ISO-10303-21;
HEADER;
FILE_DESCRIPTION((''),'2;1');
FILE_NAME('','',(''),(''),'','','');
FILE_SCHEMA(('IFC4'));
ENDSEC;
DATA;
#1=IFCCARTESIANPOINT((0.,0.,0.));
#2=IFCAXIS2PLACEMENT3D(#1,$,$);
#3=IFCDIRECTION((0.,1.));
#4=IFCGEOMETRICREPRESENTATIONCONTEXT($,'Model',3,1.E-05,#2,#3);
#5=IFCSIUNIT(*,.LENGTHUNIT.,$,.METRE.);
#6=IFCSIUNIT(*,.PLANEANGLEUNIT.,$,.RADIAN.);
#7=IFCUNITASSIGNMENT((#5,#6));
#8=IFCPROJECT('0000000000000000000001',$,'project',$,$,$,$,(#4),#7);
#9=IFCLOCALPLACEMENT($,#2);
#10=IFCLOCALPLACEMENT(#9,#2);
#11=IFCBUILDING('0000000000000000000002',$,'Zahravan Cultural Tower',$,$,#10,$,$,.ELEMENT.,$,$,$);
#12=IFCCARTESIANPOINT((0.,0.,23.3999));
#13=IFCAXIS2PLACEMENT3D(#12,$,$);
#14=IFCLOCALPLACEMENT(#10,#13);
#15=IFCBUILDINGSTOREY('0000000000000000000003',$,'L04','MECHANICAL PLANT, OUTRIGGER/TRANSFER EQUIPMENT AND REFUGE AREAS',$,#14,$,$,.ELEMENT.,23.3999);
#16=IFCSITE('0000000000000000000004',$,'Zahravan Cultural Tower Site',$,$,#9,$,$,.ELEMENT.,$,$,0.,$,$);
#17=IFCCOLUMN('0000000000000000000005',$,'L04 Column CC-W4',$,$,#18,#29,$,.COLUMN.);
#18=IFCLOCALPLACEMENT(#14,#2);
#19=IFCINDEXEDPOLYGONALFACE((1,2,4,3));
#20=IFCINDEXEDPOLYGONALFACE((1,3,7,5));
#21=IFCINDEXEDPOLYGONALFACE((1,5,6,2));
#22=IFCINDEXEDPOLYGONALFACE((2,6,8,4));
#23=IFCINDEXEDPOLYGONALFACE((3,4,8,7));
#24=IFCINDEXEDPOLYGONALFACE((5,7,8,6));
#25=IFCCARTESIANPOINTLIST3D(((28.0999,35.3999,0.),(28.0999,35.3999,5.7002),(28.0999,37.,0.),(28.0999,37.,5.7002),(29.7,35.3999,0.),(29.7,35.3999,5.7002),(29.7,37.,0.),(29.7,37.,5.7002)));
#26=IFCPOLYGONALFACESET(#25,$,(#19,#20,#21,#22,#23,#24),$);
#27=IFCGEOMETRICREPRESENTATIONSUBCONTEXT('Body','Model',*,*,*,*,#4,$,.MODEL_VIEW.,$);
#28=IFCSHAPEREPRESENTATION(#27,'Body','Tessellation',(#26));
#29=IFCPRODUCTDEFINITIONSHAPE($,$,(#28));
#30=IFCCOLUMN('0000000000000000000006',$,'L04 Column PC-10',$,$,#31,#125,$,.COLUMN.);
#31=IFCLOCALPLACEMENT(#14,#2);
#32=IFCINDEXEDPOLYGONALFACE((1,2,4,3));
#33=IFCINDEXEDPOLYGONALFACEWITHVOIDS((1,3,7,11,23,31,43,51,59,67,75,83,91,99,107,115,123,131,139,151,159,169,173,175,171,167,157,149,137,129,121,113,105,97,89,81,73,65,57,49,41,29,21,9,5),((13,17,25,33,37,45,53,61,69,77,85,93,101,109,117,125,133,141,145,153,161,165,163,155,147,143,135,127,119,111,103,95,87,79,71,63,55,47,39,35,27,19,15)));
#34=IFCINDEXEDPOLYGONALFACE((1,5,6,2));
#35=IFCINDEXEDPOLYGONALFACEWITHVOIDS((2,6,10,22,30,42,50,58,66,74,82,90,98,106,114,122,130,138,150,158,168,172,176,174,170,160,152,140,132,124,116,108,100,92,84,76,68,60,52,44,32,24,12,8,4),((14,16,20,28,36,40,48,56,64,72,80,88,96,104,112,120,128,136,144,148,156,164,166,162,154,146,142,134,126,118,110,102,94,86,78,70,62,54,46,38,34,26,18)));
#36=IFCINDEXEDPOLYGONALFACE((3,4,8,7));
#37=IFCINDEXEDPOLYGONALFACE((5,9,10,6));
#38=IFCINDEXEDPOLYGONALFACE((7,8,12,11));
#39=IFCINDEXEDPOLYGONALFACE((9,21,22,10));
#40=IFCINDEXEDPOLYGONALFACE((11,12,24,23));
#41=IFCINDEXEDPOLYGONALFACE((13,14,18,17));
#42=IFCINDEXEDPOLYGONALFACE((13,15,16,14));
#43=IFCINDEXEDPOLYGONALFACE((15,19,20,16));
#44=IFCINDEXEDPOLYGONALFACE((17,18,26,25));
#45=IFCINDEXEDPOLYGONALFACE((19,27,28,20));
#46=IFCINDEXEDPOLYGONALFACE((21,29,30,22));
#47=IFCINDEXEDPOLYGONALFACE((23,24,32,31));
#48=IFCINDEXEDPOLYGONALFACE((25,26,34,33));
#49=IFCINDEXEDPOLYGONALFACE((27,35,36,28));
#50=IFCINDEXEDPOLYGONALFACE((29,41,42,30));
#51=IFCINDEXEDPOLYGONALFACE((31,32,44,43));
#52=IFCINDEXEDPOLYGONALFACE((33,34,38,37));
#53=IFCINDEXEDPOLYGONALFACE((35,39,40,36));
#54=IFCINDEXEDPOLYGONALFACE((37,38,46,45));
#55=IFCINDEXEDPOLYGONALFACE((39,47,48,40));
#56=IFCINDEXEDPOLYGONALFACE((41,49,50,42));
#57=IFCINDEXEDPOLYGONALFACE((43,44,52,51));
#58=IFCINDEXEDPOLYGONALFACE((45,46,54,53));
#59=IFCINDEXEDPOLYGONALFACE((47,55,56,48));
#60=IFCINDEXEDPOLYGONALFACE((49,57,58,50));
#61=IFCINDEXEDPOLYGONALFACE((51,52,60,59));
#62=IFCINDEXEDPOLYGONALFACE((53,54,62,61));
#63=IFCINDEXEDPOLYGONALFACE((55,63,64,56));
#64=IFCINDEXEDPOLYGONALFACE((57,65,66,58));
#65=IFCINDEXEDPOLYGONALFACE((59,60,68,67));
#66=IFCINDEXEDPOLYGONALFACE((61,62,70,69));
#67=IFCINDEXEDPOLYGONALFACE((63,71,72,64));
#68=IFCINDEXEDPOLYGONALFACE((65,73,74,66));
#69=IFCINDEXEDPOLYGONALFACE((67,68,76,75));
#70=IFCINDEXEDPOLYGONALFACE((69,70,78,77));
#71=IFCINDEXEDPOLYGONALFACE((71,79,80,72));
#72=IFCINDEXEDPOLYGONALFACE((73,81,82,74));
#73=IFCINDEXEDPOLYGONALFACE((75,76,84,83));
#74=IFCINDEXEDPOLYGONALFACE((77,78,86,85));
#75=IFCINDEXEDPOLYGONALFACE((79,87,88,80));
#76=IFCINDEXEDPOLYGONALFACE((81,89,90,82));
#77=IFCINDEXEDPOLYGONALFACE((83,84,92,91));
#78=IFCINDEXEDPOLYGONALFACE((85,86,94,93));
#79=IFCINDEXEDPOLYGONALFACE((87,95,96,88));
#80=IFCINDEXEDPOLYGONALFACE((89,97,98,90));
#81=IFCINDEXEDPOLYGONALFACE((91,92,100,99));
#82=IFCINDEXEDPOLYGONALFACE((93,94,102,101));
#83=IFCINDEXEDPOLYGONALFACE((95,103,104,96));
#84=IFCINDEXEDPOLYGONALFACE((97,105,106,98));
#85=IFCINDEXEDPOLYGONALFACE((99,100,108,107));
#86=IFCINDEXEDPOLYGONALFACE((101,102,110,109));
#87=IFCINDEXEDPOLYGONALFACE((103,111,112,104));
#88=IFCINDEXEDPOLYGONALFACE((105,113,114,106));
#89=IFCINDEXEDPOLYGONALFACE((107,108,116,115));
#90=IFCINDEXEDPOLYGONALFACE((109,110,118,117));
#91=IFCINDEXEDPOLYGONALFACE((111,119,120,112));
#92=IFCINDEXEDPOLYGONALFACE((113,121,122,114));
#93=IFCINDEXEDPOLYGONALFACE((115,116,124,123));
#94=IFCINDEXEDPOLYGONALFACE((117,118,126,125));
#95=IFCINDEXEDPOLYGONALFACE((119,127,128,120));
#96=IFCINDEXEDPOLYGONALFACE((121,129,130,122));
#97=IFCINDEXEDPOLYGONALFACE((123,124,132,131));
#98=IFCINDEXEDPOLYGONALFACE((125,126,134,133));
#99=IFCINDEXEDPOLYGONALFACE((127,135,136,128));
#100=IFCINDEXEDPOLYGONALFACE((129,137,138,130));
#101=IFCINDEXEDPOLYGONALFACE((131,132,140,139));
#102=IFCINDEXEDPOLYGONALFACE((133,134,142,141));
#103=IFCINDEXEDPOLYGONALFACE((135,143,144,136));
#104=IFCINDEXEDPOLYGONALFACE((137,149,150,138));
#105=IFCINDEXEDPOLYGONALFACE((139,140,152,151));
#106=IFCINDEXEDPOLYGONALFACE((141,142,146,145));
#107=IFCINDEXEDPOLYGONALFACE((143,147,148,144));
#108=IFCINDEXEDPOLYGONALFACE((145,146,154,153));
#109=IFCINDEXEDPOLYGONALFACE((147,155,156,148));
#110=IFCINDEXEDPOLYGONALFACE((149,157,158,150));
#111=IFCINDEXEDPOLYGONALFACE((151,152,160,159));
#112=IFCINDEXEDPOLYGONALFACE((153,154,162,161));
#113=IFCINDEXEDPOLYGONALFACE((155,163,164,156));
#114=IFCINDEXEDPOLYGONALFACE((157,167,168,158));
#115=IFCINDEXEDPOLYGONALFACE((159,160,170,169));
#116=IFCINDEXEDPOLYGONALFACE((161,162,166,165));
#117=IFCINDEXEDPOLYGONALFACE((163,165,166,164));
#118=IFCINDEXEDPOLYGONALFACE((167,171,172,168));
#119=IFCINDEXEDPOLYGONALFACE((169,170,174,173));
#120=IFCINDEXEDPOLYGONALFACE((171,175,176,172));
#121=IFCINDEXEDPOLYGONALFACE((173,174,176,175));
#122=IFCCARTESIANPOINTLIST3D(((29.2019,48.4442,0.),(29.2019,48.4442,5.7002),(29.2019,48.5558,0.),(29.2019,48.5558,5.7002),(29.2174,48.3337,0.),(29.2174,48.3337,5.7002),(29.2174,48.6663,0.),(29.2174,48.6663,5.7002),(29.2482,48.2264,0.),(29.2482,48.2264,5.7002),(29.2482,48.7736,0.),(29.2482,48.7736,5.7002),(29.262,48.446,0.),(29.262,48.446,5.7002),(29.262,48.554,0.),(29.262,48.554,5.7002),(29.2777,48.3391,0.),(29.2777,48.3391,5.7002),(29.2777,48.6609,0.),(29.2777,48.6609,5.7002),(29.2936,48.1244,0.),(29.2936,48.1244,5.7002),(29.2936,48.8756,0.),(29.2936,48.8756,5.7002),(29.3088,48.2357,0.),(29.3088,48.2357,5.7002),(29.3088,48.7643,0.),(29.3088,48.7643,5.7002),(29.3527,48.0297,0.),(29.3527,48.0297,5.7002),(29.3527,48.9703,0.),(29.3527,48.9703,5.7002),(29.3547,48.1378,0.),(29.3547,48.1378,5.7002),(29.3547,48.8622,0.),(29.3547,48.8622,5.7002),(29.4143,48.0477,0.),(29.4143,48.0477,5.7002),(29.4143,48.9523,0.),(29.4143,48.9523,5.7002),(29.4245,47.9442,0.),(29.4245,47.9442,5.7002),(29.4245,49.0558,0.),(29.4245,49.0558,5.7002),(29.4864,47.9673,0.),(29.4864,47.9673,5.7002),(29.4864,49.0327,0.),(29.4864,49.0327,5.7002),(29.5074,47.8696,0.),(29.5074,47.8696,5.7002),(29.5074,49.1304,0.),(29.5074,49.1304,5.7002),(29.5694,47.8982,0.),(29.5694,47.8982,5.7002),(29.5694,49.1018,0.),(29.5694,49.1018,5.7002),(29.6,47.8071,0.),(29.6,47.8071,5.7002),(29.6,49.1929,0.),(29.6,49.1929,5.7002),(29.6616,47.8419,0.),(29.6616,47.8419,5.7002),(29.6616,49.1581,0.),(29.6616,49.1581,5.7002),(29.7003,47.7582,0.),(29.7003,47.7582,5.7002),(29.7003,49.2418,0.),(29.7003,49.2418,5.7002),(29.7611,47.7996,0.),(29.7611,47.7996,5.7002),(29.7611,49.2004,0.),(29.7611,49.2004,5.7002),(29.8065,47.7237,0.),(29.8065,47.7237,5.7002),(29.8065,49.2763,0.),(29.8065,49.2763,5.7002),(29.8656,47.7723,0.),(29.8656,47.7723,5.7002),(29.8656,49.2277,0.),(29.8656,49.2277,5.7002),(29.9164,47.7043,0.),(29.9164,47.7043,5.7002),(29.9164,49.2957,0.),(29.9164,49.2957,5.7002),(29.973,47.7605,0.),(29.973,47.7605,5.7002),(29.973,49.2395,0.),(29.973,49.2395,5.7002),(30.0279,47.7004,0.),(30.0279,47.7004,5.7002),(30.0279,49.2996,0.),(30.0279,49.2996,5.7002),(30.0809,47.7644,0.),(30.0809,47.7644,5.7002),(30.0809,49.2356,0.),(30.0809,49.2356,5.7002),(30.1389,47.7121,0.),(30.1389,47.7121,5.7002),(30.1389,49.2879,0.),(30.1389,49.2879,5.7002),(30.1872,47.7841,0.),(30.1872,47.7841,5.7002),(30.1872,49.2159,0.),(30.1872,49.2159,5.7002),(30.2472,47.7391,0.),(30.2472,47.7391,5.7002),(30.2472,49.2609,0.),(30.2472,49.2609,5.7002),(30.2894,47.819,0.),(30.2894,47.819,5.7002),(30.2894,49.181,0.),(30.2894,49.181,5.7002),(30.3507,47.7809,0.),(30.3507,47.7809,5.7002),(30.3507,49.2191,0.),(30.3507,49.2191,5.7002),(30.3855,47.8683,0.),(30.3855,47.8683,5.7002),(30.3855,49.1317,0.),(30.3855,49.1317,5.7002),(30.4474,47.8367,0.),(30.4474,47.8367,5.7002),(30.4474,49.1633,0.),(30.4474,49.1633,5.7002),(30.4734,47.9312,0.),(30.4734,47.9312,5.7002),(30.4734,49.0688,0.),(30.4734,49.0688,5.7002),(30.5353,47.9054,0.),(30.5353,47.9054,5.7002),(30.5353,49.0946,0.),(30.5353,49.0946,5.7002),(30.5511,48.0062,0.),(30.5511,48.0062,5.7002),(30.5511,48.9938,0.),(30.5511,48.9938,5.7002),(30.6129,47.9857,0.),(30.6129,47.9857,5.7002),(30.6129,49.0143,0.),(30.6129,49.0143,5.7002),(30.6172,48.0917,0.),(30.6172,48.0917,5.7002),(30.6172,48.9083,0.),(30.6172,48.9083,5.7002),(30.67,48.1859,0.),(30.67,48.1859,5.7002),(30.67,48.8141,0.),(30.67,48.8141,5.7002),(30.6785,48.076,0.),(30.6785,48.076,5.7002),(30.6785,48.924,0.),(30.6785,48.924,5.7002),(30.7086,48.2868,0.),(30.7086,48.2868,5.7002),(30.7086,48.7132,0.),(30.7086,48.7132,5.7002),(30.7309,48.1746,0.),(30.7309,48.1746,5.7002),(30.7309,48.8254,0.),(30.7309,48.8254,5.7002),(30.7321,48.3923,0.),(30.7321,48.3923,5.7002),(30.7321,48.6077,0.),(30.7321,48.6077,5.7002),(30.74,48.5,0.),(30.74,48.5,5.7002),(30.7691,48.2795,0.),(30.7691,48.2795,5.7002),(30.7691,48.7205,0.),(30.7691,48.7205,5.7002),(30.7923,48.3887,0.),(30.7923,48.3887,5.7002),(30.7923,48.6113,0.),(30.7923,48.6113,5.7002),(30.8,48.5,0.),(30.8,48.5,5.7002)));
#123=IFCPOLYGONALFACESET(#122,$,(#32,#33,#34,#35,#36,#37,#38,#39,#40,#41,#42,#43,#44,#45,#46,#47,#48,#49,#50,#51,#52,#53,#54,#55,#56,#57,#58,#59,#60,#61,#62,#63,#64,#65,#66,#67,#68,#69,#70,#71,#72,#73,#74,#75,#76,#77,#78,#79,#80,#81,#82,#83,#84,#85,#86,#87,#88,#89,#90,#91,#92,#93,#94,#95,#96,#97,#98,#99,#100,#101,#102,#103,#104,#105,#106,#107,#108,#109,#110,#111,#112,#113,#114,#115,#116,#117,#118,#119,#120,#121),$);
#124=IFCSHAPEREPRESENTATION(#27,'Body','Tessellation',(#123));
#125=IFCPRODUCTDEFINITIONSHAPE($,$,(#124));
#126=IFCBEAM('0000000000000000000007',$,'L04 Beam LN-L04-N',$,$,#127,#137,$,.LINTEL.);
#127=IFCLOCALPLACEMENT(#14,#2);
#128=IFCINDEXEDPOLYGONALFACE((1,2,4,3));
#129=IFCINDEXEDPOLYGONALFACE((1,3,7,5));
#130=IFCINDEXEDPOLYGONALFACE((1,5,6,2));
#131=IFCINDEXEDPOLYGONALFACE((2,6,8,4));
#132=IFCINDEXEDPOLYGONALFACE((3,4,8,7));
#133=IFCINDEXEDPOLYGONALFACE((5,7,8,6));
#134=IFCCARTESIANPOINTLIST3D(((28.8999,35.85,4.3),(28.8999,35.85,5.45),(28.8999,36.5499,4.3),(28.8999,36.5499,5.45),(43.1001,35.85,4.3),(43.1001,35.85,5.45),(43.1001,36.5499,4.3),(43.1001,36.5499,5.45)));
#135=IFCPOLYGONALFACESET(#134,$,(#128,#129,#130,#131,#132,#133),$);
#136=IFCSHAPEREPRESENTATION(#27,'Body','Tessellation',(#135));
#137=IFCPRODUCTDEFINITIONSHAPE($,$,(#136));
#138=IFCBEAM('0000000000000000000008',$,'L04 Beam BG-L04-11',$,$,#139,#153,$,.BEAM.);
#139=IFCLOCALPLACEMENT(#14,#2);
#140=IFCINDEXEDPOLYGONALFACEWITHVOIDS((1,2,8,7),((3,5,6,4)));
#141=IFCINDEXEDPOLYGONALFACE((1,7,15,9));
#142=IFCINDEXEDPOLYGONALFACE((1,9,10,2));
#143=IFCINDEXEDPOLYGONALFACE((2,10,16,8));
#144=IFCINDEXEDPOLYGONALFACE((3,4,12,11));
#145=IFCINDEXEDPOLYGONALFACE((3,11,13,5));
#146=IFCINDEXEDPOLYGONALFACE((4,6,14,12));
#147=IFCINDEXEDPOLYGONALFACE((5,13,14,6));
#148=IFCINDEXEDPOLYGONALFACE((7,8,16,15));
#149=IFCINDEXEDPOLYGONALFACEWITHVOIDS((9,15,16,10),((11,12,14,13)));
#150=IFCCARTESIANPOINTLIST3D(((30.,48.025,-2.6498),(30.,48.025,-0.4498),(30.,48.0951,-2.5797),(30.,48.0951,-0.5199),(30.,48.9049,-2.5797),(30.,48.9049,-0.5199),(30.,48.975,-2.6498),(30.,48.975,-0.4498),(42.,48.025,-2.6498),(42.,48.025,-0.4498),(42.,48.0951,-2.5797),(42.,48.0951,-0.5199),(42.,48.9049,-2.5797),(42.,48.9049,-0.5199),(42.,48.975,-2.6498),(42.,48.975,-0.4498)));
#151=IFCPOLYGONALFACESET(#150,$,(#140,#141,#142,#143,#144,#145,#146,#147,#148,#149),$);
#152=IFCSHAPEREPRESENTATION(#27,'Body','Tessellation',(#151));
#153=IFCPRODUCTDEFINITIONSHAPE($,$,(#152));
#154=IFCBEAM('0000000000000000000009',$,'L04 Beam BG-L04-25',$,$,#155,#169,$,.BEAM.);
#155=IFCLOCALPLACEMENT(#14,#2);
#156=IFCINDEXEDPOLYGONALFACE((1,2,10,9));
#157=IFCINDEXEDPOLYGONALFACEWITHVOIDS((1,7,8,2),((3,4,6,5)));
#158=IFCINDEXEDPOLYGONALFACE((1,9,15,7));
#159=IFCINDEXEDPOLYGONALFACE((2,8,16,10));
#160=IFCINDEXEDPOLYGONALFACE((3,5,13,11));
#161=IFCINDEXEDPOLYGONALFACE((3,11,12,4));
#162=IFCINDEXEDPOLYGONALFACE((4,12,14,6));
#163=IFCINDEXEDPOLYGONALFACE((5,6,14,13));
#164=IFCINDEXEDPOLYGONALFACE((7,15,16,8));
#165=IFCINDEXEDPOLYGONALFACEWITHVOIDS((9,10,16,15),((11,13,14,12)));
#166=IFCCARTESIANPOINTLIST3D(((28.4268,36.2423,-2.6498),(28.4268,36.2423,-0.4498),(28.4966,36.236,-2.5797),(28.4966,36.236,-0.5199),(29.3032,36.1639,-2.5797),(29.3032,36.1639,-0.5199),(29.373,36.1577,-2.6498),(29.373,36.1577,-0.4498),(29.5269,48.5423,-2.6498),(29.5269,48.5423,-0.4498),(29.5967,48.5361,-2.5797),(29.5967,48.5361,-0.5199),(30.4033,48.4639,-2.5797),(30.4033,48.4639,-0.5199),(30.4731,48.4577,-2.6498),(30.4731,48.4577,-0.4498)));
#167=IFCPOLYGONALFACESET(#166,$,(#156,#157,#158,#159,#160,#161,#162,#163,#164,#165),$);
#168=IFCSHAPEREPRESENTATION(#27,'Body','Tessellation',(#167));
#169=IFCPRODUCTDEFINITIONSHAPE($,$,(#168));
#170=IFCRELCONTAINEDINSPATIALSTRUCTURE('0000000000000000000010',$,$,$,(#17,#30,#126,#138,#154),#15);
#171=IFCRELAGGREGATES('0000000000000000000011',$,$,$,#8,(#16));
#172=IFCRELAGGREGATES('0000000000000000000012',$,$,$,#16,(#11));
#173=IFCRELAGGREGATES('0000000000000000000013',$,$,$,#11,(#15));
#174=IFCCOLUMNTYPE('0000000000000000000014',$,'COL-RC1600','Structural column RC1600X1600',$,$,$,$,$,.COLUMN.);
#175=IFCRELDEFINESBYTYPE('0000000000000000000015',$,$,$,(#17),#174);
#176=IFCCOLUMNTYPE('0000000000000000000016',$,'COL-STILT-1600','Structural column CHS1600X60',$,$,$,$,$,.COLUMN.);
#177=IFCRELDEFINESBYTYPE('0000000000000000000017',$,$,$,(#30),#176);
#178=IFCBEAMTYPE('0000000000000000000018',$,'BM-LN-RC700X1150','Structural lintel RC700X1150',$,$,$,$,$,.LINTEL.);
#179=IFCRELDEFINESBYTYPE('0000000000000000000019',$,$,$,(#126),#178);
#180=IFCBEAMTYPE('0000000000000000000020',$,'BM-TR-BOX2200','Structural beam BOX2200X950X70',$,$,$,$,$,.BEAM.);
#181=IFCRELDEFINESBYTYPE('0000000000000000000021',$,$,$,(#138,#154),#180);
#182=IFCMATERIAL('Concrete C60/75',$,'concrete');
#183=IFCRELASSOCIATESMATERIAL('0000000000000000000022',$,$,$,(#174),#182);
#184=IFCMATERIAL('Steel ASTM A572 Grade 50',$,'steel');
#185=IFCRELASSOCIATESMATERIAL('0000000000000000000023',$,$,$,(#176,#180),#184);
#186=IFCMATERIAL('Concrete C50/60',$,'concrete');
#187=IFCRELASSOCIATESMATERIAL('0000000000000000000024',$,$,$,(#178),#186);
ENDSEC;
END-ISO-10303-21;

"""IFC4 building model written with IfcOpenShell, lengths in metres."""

from ifc_helpers import new_model, si_unit, direction, frame, origin, origin_2d, place, context, subcontext, project, spatial, rectangle, hollow_rectangle, hollow_circle, extrude, source, transform, mapped, material, material_profile, profile_set, type_object, element, save


model = new_model("IFC4")

# Units and contexts
model_context = context("Model", 3, precision=1e-05, world=origin(), true_north=direction((0.0, 1.0)))
body_context = subcontext(model_context, "Body", "Model", "MODEL_VIEW")
ifc_project = project(units=[si_unit("LENGTHUNIT", "METRE"), si_unit("PLANEANGLEUNIT", "RADIAN")], contexts=[model_context])

# Site, building, storey
site_placement = place(None, origin())
site = spatial("IfcSite", under=ifc_project, at=site_placement, Name="Zahravan Cultural Tower Site", CompositionType="ELEMENT", RefElevation=0.0)
building_placement = place(site_placement, origin())
building = spatial("IfcBuilding", under=site, at=building_placement, Name="Zahravan Cultural Tower", CompositionType="ELEMENT")
storey_placement = place(building_placement, frame((0.0, 0.0, 23.3999)))
storey = spatial("IfcBuildingStorey", under=building, at=storey_placement, Name="L04", Description="MECHANICAL PLANT, OUTRIGGER/TRANSFER EQUIPMENT AND REFUGE AREAS", CompositionType="ELEMENT", Elevation=23.3999)

# Columns
ifc_material_1 = material(Name="Concrete C60/75", Category="concrete")
ifc_material_profile_1 = material_profile(ifc_material_1, rectangle(XDim=1.6001, YDim=1.6001, at=origin_2d()), Name="RC1600X1600")
ifc_profile_set_1 = profile_set([ifc_material_profile_1], Name="Concrete C60/75")
column_type_1 = type_object("IfcColumnType", Name="COL-RC1600", Description="Structural column RC1600X1600", PredefinedType="COLUMN", material=ifc_profile_set_1)
shared_shape_1 = source(origin(), body_context, "Body", "SweptSolid", [
    extrude(rectangle(XDim=1.6001, YDim=1.6001, at=origin_2d()), origin(), (0.0, 0.0, 1.0), 5.7002),
])
column_1_placement = place(storey_placement, frame((28.8999, 36.2, 0.0), z_axis=(0.0, 0.0, 1.0), x_axis=(1.0, 0.0, 0.0)))
element("IfcColumn", 1, at=column_1_placement, inside=storey, type_object=column_type_1, Name="L04 Column CC-W4", PredefinedType="COLUMN", context=body_context, shape_type="MappedRepresentation", body=[
    mapped(shared_shape_1, transform((0.0, 0.0, 0.0), x_axis=(1.0, 0.0, 0.0), y_axis=(0.0, 1.0, 0.0), z_axis=(0.0, 0.0, 1.0), scale=1.0)),
])
ifc_material_2 = material(Name="Steel ASTM A572 Grade 50", Category="steel")
ifc_material_profile_2 = material_profile(ifc_material_2, hollow_circle(Radius=0.8, WallThickness=0.0601, at=origin_2d()), Name="CHS1600X60")
ifc_profile_set_2 = profile_set([ifc_material_profile_2], Name="Steel ASTM A572 Grade 50")
column_type_2 = type_object("IfcColumnType", Name="COL-STILT-1600", Description="Structural column CHS1600X60", PredefinedType="COLUMN", material=ifc_profile_set_2)
shared_shape_2 = source(origin(), body_context, "Body", "SweptSolid", [
    extrude(hollow_circle(Radius=0.8, WallThickness=0.0601, at=origin_2d()), origin(), (0.0, 0.0, 1.0), 5.7002),
])
column_2_placement = place(storey_placement, frame((30.0, 48.5, 0.0), z_axis=(0.0, 0.0, 1.0), x_axis=(1.0, 0.0, 0.0)))
element("IfcColumn", 2, at=column_2_placement, inside=storey, type_object=column_type_2, Name="L04 Column PC-10", PredefinedType="COLUMN", context=body_context, shape_type="MappedRepresentation", body=[
    mapped(shared_shape_2, transform((0.0, 0.0, 0.0), x_axis=(1.0, 0.0, 0.0), y_axis=(0.0, 1.0, 0.0), z_axis=(0.0, 0.0, 1.0), scale=1.0)),
])

# Beams
ifc_material_3 = material(Name="Concrete C50/60", Category="concrete")
ifc_material_profile_3 = material_profile(ifc_material_3, rectangle(XDim=0.7, YDim=1.1499, at=origin_2d()), Name="RC700X1150")
ifc_profile_set_3 = profile_set([ifc_material_profile_3], Name="Concrete C50/60")
beam_type_1 = type_object("IfcBeamType", Name="BM-LN-RC700X1150", Description="Structural lintel RC700X1150", PredefinedType="LINTEL", material=ifc_profile_set_3)
shared_shape_3 = source(origin(), body_context, "Body", "SweptSolid", [
    extrude(rectangle(XDim=0.7, YDim=1.1499, at=origin_2d()), origin(), (0.0, 0.0, 1.0), 14.2002),
])
beam_1_placement = place(storey_placement, frame((28.8999, 36.2, 4.875), z_axis=(1.0, 0.0, 0.0), x_axis=(0.0, 1.0, 0.0)))
element("IfcBeam", 3, at=beam_1_placement, inside=storey, type_object=beam_type_1, Name="L04 Beam LN-L04-N", PredefinedType="LINTEL", context=body_context, shape_type="MappedRepresentation", body=[
    mapped(shared_shape_3, transform((0.0, 0.0, 0.0), x_axis=(1.0, 0.0, 0.0), y_axis=(0.0, 1.0, 0.0), z_axis=(0.0, 0.0, 1.0), scale=1.0)),
])
ifc_material_profile_4 = material_profile(ifc_material_2, hollow_rectangle(XDim=0.95, YDim=2.2, WallThickness=0.0701, at=origin_2d()), Name="BOX2200X950X70")
ifc_profile_set_4 = profile_set([ifc_material_profile_4], Name="Steel ASTM A572 Grade 50")
beam_type_2 = type_object("IfcBeamType", Name="BM-TR-BOX2200", Description="Structural beam BOX2200X950X70", PredefinedType="BEAM", material=ifc_profile_set_4)
shared_shape_4 = source(origin(), body_context, "Body", "SweptSolid", [
    extrude(hollow_rectangle(XDim=0.95, YDim=2.2, WallThickness=0.0701, at=origin_2d()), origin(), (0.0, 0.0, 1.0), 12.0),
])
beam_2_placement = place(storey_placement, frame((30.0, 48.5, -1.5498), z_axis=(1.0, 0.0, 0.0), x_axis=(0.0, 1.0, 0.0)))
element("IfcBeam", 4, at=beam_2_placement, inside=storey, type_object=beam_type_2, Name="L04 Beam BG-L04-11", PredefinedType="BEAM", context=body_context, shape_type="MappedRepresentation", body=[
    mapped(shared_shape_4, transform((0.0, 0.0, 0.0), x_axis=(1.0, 0.0, 0.0), y_axis=(0.0, 1.0, 0.0), z_axis=(0.0, 0.0, 1.0), scale=1.0)),
])
shared_shape_5 = source(origin(), body_context, "Body", "SweptSolid", [
    extrude(hollow_rectangle(XDim=0.95, YDim=2.2, WallThickness=0.0701, at=origin_2d()), origin(), (0.0, 0.0, 1.0), 12.3491),
])
beam_3_placement = place(storey_placement, frame((30.0, 48.5, -1.5498), z_axis=(-0.089083, -0.996024, 0.0), x_axis=(0.996024, -0.089083, 0.0)))
element("IfcBeam", 5, at=beam_3_placement, inside=storey, type_object=beam_type_2, Name="L04 Beam BG-L04-25", PredefinedType="BEAM", context=body_context, shape_type="MappedRepresentation", body=[
    mapped(shared_shape_5, transform((0.0, 0.0, 0.0), x_axis=(1.0, 0.0, 0.0), y_axis=(0.0, 1.0, 0.0), z_axis=(0.0, 0.0, 1.0), scale=1.0)),
])

save(model, "model.ifc")
